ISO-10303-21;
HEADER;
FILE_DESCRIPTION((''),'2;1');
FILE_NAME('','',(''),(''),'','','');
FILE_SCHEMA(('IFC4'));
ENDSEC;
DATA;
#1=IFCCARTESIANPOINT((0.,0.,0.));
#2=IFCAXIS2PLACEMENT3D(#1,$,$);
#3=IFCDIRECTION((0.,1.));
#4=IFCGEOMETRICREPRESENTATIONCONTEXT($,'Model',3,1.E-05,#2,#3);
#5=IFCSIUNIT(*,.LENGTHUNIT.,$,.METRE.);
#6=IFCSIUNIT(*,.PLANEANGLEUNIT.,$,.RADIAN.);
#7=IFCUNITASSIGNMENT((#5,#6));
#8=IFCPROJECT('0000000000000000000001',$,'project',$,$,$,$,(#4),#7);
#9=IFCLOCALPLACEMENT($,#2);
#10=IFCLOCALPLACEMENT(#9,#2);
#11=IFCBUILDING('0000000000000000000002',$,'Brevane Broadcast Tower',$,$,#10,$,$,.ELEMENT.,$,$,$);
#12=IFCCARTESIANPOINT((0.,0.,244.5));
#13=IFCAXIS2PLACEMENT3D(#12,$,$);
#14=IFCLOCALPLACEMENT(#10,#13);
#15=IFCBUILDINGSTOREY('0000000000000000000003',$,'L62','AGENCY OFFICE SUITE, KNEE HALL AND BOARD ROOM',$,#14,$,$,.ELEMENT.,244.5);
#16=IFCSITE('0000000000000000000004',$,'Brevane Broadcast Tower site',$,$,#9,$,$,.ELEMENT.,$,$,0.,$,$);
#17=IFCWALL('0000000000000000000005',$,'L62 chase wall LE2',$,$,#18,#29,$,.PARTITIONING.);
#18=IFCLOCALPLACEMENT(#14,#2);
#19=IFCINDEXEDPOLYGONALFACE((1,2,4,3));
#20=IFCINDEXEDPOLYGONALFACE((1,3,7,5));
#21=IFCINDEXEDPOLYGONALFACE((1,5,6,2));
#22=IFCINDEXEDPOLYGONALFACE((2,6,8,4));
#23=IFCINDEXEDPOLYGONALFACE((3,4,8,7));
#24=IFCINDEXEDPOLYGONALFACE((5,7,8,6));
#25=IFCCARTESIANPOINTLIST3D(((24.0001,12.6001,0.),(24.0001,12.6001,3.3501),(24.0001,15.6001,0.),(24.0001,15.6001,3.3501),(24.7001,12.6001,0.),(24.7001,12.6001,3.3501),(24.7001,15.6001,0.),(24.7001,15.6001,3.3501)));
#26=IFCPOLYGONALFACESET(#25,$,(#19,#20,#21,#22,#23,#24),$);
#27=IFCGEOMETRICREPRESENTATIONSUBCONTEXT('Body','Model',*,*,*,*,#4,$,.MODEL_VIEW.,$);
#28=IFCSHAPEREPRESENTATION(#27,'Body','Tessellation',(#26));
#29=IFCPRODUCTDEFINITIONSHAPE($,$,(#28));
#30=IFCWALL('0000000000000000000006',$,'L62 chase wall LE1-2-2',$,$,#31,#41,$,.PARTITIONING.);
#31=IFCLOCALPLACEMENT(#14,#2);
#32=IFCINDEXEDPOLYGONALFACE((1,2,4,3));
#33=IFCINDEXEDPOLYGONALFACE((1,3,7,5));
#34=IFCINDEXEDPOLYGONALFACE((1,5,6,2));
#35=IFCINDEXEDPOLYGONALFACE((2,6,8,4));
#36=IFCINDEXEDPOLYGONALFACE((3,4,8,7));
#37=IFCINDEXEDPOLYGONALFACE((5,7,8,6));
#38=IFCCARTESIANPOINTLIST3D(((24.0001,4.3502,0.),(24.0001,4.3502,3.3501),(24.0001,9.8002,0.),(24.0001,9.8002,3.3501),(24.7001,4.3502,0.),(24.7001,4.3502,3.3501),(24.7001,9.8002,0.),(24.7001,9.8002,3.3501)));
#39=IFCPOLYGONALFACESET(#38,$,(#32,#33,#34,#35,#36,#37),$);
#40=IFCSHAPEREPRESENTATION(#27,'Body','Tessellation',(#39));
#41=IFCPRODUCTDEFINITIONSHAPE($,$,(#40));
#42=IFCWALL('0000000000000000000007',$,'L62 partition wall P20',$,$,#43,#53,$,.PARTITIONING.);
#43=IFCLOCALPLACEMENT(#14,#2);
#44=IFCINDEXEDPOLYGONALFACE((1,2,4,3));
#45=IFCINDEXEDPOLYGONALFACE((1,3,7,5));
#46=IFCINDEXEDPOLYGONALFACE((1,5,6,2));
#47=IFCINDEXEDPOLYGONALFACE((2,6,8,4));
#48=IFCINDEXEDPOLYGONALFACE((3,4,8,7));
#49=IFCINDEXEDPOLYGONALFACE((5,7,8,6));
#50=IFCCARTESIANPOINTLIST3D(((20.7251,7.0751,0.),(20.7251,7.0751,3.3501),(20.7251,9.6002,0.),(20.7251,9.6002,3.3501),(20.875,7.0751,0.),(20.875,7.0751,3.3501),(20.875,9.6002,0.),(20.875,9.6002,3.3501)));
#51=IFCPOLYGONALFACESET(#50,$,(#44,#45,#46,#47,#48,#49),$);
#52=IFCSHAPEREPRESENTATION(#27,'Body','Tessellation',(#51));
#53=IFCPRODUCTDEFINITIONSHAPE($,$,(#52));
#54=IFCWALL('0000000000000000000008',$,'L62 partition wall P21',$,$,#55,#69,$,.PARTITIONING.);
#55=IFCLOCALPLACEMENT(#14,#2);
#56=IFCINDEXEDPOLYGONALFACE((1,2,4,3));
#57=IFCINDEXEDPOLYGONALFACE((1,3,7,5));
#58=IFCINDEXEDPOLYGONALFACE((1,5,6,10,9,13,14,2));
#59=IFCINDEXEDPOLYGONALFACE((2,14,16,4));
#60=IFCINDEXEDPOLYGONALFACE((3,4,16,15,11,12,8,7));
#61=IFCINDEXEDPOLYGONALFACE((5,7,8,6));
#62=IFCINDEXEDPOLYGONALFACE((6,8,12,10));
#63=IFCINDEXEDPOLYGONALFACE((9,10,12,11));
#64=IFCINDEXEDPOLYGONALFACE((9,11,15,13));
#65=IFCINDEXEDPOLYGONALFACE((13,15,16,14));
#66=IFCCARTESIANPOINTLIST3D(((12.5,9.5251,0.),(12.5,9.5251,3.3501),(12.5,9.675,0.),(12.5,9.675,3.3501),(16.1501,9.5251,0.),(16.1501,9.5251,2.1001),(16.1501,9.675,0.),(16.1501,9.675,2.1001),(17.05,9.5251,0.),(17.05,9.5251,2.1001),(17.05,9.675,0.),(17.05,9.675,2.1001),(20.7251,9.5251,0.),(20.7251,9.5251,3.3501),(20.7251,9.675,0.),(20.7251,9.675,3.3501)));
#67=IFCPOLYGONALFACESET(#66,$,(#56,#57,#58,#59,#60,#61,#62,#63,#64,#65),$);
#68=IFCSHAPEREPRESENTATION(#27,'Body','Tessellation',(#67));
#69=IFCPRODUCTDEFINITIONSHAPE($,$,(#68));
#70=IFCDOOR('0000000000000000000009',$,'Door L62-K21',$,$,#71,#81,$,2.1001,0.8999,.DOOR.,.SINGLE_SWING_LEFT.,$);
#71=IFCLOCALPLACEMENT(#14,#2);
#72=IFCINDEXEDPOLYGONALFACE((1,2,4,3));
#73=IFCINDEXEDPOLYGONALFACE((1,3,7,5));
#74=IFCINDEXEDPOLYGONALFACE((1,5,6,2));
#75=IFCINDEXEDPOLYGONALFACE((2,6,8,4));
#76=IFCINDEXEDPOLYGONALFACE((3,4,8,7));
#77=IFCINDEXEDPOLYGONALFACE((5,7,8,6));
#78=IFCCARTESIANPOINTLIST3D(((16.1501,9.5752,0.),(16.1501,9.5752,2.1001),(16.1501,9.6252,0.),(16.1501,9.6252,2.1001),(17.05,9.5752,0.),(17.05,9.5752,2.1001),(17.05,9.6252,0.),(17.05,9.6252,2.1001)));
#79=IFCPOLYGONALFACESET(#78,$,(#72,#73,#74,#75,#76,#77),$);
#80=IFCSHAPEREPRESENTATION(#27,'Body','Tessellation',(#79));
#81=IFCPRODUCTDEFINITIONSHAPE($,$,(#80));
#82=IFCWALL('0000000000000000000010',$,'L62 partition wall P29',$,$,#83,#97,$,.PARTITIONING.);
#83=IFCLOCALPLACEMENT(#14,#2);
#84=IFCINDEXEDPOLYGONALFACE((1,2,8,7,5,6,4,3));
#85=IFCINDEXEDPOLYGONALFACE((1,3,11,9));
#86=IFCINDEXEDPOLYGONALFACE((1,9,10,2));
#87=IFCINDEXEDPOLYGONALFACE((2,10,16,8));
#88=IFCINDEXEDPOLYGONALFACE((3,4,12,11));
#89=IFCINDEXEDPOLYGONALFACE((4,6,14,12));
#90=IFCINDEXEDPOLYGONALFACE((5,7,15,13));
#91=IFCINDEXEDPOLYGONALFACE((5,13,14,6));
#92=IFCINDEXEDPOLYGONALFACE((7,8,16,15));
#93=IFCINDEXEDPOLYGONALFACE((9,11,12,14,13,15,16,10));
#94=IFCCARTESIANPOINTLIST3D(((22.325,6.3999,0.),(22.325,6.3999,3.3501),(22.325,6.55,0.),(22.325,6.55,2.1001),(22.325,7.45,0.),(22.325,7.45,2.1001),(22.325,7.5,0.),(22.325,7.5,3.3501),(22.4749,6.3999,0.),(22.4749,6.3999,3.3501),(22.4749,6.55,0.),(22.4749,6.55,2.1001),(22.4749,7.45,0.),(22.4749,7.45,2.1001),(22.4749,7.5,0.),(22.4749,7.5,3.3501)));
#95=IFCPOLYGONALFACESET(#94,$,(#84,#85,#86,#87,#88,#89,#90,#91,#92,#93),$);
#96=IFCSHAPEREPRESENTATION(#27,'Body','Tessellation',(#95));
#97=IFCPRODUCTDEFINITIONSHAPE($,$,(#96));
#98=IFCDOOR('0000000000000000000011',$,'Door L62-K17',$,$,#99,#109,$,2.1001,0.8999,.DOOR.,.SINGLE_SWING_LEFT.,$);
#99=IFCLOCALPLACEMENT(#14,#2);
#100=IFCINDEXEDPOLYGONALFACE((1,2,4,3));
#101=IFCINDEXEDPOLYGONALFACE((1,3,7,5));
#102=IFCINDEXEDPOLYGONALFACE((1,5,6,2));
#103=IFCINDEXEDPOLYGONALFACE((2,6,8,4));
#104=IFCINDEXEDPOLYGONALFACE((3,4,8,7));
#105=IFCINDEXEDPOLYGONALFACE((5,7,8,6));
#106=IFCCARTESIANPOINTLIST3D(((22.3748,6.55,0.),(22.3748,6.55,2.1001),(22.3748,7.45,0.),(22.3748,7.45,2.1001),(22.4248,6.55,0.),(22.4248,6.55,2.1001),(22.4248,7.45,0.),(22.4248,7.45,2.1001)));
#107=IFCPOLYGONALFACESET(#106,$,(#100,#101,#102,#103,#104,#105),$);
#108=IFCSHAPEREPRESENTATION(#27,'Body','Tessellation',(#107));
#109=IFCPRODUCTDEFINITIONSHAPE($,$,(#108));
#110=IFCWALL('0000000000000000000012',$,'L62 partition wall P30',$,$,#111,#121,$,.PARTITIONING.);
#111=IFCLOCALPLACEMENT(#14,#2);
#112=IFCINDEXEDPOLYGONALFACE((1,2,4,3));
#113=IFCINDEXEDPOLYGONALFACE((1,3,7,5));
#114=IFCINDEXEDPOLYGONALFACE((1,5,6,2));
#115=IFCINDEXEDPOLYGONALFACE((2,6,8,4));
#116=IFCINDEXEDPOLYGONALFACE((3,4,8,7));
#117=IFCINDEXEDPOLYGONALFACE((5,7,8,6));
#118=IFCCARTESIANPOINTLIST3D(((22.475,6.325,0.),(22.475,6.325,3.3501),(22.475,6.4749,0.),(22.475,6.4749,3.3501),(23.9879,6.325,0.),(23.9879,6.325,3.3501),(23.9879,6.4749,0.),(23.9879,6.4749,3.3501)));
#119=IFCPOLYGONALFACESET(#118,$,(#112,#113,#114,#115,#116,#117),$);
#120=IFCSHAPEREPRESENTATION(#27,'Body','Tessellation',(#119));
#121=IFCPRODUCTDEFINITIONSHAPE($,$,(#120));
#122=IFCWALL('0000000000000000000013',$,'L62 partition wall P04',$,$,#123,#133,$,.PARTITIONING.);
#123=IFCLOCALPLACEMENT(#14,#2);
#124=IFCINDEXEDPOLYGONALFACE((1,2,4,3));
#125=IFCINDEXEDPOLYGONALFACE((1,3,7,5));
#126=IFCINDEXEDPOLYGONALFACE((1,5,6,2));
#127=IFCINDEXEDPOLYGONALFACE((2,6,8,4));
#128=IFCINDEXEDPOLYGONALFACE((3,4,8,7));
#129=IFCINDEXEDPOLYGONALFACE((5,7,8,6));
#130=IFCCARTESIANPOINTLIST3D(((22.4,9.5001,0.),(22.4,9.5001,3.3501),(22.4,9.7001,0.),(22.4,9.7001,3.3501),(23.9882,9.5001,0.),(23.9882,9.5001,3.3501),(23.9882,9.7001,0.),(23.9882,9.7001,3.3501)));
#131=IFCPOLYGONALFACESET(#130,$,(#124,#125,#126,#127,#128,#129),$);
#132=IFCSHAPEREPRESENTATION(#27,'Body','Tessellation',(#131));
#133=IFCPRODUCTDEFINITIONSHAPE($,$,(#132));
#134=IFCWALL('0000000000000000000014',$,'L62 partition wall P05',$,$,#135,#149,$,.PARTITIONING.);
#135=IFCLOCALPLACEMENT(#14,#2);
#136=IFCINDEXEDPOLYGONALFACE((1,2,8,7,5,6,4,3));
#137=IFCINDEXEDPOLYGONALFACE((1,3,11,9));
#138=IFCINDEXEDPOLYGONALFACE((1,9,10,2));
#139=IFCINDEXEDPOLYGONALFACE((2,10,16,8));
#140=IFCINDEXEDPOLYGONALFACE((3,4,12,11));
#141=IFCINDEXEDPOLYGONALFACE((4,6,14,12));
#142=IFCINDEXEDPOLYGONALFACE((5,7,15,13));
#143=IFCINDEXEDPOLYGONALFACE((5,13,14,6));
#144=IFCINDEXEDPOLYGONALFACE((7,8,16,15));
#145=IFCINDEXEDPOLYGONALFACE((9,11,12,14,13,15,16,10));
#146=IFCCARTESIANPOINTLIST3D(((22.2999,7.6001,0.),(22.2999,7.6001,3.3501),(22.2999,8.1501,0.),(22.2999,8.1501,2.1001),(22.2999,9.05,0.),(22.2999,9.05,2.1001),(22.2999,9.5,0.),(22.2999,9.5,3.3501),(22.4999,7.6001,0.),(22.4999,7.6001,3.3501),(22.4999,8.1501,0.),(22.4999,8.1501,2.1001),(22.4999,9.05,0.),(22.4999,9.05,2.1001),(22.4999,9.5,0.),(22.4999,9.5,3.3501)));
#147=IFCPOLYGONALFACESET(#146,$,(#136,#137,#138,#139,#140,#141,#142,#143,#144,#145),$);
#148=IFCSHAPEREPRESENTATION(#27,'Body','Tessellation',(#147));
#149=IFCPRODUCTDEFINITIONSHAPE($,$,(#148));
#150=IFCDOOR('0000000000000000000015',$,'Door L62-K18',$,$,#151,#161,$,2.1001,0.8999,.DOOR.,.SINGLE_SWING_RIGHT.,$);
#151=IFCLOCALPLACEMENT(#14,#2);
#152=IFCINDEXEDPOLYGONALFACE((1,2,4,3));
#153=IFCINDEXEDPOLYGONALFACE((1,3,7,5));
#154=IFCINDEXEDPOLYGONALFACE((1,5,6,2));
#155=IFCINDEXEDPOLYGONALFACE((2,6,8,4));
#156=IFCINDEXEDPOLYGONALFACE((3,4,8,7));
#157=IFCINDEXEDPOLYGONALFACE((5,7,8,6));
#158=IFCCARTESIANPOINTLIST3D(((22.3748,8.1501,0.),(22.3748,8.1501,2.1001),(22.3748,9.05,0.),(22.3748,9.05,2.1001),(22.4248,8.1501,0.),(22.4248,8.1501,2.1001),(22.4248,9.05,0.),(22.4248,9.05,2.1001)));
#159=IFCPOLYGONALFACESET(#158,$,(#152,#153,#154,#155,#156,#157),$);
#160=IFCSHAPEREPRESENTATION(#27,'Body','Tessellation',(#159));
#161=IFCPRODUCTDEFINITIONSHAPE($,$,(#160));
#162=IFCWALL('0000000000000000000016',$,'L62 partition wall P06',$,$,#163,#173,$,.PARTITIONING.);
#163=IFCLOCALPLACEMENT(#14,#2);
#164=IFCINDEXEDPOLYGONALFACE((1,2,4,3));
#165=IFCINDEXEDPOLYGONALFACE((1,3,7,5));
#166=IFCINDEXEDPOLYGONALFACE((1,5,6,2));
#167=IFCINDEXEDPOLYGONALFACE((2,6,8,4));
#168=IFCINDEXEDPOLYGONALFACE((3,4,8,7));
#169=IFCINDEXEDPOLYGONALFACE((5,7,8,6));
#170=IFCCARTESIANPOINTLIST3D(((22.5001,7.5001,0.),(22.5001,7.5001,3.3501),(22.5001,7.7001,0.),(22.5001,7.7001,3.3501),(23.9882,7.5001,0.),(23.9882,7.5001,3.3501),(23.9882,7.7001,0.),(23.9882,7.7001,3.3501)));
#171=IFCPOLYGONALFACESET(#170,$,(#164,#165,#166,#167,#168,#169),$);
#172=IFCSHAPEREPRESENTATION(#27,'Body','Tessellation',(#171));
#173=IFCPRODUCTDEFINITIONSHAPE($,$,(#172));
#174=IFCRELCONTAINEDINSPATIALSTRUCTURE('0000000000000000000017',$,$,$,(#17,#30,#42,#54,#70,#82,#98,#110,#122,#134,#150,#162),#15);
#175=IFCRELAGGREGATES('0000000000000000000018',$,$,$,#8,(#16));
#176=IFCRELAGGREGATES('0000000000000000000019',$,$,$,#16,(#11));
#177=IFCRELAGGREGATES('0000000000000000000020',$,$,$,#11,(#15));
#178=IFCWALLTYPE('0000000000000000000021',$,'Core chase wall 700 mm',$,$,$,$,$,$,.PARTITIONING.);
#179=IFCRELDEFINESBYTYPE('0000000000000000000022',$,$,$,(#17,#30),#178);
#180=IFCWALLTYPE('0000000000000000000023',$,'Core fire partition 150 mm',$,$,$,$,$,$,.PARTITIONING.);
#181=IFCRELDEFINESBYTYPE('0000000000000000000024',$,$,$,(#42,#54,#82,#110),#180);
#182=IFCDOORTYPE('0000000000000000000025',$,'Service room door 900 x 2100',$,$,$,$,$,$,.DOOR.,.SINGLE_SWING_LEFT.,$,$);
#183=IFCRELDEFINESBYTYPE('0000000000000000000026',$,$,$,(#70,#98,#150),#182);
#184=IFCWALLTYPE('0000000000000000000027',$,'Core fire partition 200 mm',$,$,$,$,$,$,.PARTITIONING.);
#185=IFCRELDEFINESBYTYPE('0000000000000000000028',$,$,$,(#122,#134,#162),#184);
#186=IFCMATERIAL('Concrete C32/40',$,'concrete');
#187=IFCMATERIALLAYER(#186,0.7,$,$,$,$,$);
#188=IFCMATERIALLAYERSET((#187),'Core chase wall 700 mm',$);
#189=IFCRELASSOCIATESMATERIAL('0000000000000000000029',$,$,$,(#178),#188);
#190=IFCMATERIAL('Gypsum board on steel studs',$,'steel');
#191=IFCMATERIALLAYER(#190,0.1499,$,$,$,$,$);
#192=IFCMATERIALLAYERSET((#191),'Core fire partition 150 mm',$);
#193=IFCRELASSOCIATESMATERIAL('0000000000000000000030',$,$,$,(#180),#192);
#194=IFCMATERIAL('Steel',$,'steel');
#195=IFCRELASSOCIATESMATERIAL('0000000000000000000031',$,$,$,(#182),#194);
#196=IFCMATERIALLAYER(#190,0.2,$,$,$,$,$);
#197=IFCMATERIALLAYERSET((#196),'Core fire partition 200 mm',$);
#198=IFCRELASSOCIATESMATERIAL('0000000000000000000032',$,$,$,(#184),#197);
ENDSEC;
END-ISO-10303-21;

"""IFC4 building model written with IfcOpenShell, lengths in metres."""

from ifc_helpers import new_model, si_unit, direction, frame, frame_2d, origin, place, context, subcontext, project, spatial, rectangle, extrude, material, layer, layer_set, type_object, element, fill, save


model = new_model("IFC4")

# Units and contexts
model_context = context("Model", 3, precision=1e-05, world=origin(), true_north=direction((0.0, 1.0)))
body_context = subcontext(model_context, "Body", "Model", "MODEL_VIEW")
ifc_project = project(units=[si_unit("LENGTHUNIT", "METRE"), si_unit("PLANEANGLEUNIT", "RADIAN")], contexts=[model_context])

# Site, building, storey
site_placement = place(None, origin())
site = spatial("IfcSite", under=ifc_project, at=site_placement, Name="Brevane Broadcast Tower site", CompositionType="ELEMENT", RefElevation=0.0)
building_placement = place(site_placement, origin())
building = spatial("IfcBuilding", under=site, at=building_placement, Name="Brevane Broadcast Tower", CompositionType="ELEMENT")
storey_placement = place(building_placement, frame((0.0, 0.0, 244.5)))
storey = spatial("IfcBuildingStorey", under=building, at=storey_placement, Name="L62", Description="AGENCY OFFICE SUITE, KNEE HALL AND BOARD ROOM", CompositionType="ELEMENT", Elevation=244.5)

# Walls
ifc_material_1 = material(Name="Concrete C32/40", Category="concrete")
ifc_layer_1 = layer(ifc_material_1, 0.7)
ifc_layer_set_1 = layer_set([ifc_layer_1], Name="Core chase wall 700 mm")
wall_type_1 = type_object("IfcWallType", Name="Core chase wall 700 mm", PredefinedType="PARTITIONING", material=ifc_layer_set_1)
wall_1_placement = place(storey_placement, frame((24.3501, 12.6001, 0.0), z_axis=(0.0, 0.0, 1.0), x_axis=(0.0, 1.0, 0.0)))
element("IfcWall", 1, at=wall_1_placement, inside=storey, type_object=wall_type_1, Name="L62 chase wall LE2", PredefinedType="PARTITIONING", context=body_context, shape_type="SweptSolid", body=[
    extrude(rectangle(XDim=3.0, YDim=0.7, at=frame_2d((1.5, 0.0))), origin(), (0.0, 0.0, 1.0), 3.3501),
])
wall_2_placement = place(storey_placement, frame((24.3501, 4.3501, 0.0), z_axis=(0.0, 0.0, 1.0), x_axis=(0.0, 1.0, 0.0)))
element("IfcWall", 2, at=wall_2_placement, inside=storey, type_object=wall_type_1, Name="L62 chase wall LE1-2-2", PredefinedType="PARTITIONING", context=body_context, shape_type="SweptSolid", body=[
    extrude(rectangle(XDim=5.45, YDim=0.7, at=frame_2d((2.7251, 0.0))), origin(), (0.0, 0.0, 1.0), 3.3501),
])
ifc_material_2 = material(Name="Gypsum board on steel studs", Category="steel")
ifc_layer_2 = layer(ifc_material_2, 0.1499)
ifc_layer_set_2 = layer_set([ifc_layer_2], Name="Core fire partition 150 mm")
wall_type_2 = type_object("IfcWallType", Name="Core fire partition 150 mm", PredefinedType="PARTITIONING", material=ifc_layer_set_2)
wall_3_placement = place(storey_placement, frame((20.8, 7.075, 0.0), z_axis=(0.0, 0.0, 1.0), x_axis=(0.0, 1.0, 0.0)))
element("IfcWall", 3, at=wall_3_placement, inside=storey, type_object=wall_type_2, Name="L62 partition wall P20", PredefinedType="PARTITIONING", context=body_context, shape_type="SweptSolid", body=[
    extrude(rectangle(XDim=2.5251, YDim=0.1499, at=frame_2d((1.2627, 0.0))), origin(), (0.0, 0.0, 1.0), 3.3501),
])

# Walls, openings, doors
wall_4_placement = place(storey_placement, frame((20.7251, 9.6001, 0.0), z_axis=(0.0, 0.0, 1.0), x_axis=(-1.0, 0.0, 0.0)))
wall_4 = element("IfcWall", 4, at=wall_4_placement, inside=storey, type_object=wall_type_2, Name="L62 partition wall P21", PredefinedType="PARTITIONING", context=body_context, shape_type="SweptSolid", body=[
    extrude(rectangle(XDim=8.2251, YDim=0.1499, at=frame_2d((4.1125, 0.0))), origin(), (0.0, 0.0, 1.0), 3.3501),
])
opening_1_placement = place(wall_4_placement, frame((3.675, 0.0, 0.0)))
opening_1 = element("IfcOpeningElement", 5, at=opening_1_placement, cuts=wall_4, PredefinedType="OPENING", context=body_context, shape_type="SweptSolid", body=[
    extrude(rectangle(XDim=0.8999, YDim=2.1001, at=frame_2d((0.45, 1.05))), frame((0.0, 0.085, 0.0), z_axis=(0.0, -1.0, 0.0), x_axis=(1.0, 0.0, 0.0)), (0.0, 0.0, 1.0), 0.1699),
])
ifc_material_3 = material(Name="Steel", Category="steel")
door_type_1 = type_object("IfcDoorType", Name="Service room door 900 x 2100", OperationType="SINGLE_SWING_LEFT", PredefinedType="DOOR", material=ifc_material_3)
door_1_placement = place(opening_1_placement, origin())
door_1 = element("IfcDoor", 6, at=door_1_placement, inside=storey, type_object=door_type_1, Name="Door L62-K21", OperationType="SINGLE_SWING_LEFT", OverallHeight=2.1001, OverallWidth=0.8999, PredefinedType="DOOR", context=body_context, shape_type="SweptSolid", body=[
    extrude(rectangle(XDim=0.8999, YDim=2.1001, at=frame_2d((0.45, 1.05))), frame((0.0, 0.0249, 0.0), z_axis=(0.0, -1.0, 0.0), x_axis=(1.0, 0.0, 0.0)), (0.0, 0.0, 1.0), 0.05),
])
fill(opening_1, door_1)
wall_5_placement = place(storey_placement, frame((22.3999, 7.5, 0.0), z_axis=(0.0, 0.0, 1.0), x_axis=(0.0, -1.0, 0.0)))
wall_5 = element("IfcWall", 7, at=wall_5_placement, inside=storey, type_object=wall_type_2, Name="L62 partition wall P29", PredefinedType="PARTITIONING", context=body_context, shape_type="SweptSolid", body=[
    extrude(rectangle(XDim=1.1001, YDim=0.1499, at=frame_2d((0.55, 0.0))), origin(), (0.0, 0.0, 1.0), 3.3501),
])
opening_2_placement = place(wall_5_placement, frame((0.05, 0.0, 0.0)))
opening_2 = element("IfcOpeningElement", 8, at=opening_2_placement, cuts=wall_5, PredefinedType="OPENING", context=body_context, shape_type="SweptSolid", body=[
    extrude(rectangle(XDim=0.8999, YDim=2.1001, at=frame_2d((0.45, 1.05))), frame((0.0, 0.085, 0.0), z_axis=(0.0, -1.0, 0.0), x_axis=(1.0, 0.0, 0.0)), (0.0, 0.0, 1.0), 0.1699),
])
door_2_placement = place(opening_2_placement, origin())
door_2 = element("IfcDoor", 9, at=door_2_placement, inside=storey, type_object=door_type_1, Name="Door L62-K17", OperationType="SINGLE_SWING_LEFT", OverallHeight=2.1001, OverallWidth=0.8999, PredefinedType="DOOR", context=body_context, shape_type="SweptSolid", body=[
    extrude(rectangle(XDim=0.8999, YDim=2.1001, at=frame_2d((0.45, 1.05))), frame((0.0, 0.0249, 0.0), z_axis=(0.0, -1.0, 0.0), x_axis=(1.0, 0.0, 0.0)), (0.0, 0.0, 1.0), 0.05),
])
fill(opening_2, door_2)

# Walls
wall_6_placement = place(storey_placement, frame((22.4751, 6.3999, 0.0), z_axis=(0.0, 0.0, 1.0), x_axis=(1.0, 0.0, 0.0)))
element("IfcWall", 10, at=wall_6_placement, inside=storey, type_object=wall_type_2, Name="L62 partition wall P30", PredefinedType="PARTITIONING", context=body_context, shape_type="SweptSolid", body=[
    extrude(rectangle(XDim=1.5129, YDim=0.1499, at=frame_2d((0.7563, 0.0))), origin(), (0.0, 0.0, 1.0), 3.3501),
])
ifc_layer_3 = layer(ifc_material_2, 0.2)
ifc_layer_set_3 = layer_set([ifc_layer_3], Name="Core fire partition 200 mm")
wall_type_3 = type_object("IfcWallType", Name="Core fire partition 200 mm", PredefinedType="PARTITIONING", material=ifc_layer_set_3)
wall_7_placement = place(storey_placement, frame((23.988, 9.6001, 0.0), z_axis=(0.0, 0.0, 1.0), x_axis=(-1.0, 0.0, 0.0)))
element("IfcWall", 11, at=wall_7_placement, inside=storey, type_object=wall_type_3, Name="L62 partition wall P04", PredefinedType="PARTITIONING", context=body_context, shape_type="SweptSolid", body=[
    extrude(rectangle(XDim=1.5881, YDim=0.2, at=frame_2d((0.7939, 0.0))), origin(), (0.0, 0.0, 1.0), 3.3501),
])

# Wall, opening, door
wall_8_placement = place(storey_placement, frame((22.3999, 9.5, 0.0), z_axis=(0.0, 0.0, 1.0), x_axis=(0.0, -1.0, 0.0)))
wall_8 = element("IfcWall", 12, at=wall_8_placement, inside=storey, type_object=wall_type_3, Name="L62 partition wall P05", PredefinedType="PARTITIONING", context=body_context, shape_type="SweptSolid", body=[
    extrude(rectangle(XDim=1.8999, YDim=0.2, at=frame_2d((0.95, 0.0))), origin(), (0.0, 0.0, 1.0), 3.3501),
])
opening_3_placement = place(wall_8_placement, frame((0.45, 0.0, 0.0)))
opening_3 = element("IfcOpeningElement", 13, at=opening_3_placement, cuts=wall_8, PredefinedType="OPENING", context=body_context, shape_type="SweptSolid", body=[
    extrude(rectangle(XDim=0.8999, YDim=2.1001, at=frame_2d((0.45, 1.05))), frame((0.0, 0.1099, 0.0), z_axis=(0.0, -1.0, 0.0), x_axis=(1.0, 0.0, 0.0)), (0.0, 0.0, 1.0), 0.22),
])
door_3_placement = place(opening_3_placement, origin())
door_3 = element("IfcDoor", 14, at=door_3_placement, inside=storey, type_object=door_type_1, Name="Door L62-K18", OperationType="SINGLE_SWING_RIGHT", OverallHeight=2.1001, OverallWidth=0.8999, PredefinedType="DOOR", context=body_context, shape_type="SweptSolid", body=[
    extrude(rectangle(XDim=0.8999, YDim=2.1001, at=frame_2d((0.45, 1.05))), frame((0.0, 0.0249, 0.0), z_axis=(0.0, -1.0, 0.0), x_axis=(1.0, 0.0, 0.0)), (0.0, 0.0, 1.0), 0.05),
])
fill(opening_3, door_3)

# Wall
wall_9_placement = place(storey_placement, frame((22.5, 7.6001, 0.0), z_axis=(0.0, 0.0, 1.0), x_axis=(1.0, 0.0, 0.0)))
element("IfcWall", 15, at=wall_9_placement, inside=storey, type_object=wall_type_3, Name="L62 partition wall P06", PredefinedType="PARTITIONING", context=body_context, shape_type="SweptSolid", body=[
    extrude(rectangle(XDim=1.488, YDim=0.2, at=frame_2d((0.7441, 0.0))), origin(), (0.0, 0.0, 1.0), 3.3501),
])

save(model, "model.ifc")
